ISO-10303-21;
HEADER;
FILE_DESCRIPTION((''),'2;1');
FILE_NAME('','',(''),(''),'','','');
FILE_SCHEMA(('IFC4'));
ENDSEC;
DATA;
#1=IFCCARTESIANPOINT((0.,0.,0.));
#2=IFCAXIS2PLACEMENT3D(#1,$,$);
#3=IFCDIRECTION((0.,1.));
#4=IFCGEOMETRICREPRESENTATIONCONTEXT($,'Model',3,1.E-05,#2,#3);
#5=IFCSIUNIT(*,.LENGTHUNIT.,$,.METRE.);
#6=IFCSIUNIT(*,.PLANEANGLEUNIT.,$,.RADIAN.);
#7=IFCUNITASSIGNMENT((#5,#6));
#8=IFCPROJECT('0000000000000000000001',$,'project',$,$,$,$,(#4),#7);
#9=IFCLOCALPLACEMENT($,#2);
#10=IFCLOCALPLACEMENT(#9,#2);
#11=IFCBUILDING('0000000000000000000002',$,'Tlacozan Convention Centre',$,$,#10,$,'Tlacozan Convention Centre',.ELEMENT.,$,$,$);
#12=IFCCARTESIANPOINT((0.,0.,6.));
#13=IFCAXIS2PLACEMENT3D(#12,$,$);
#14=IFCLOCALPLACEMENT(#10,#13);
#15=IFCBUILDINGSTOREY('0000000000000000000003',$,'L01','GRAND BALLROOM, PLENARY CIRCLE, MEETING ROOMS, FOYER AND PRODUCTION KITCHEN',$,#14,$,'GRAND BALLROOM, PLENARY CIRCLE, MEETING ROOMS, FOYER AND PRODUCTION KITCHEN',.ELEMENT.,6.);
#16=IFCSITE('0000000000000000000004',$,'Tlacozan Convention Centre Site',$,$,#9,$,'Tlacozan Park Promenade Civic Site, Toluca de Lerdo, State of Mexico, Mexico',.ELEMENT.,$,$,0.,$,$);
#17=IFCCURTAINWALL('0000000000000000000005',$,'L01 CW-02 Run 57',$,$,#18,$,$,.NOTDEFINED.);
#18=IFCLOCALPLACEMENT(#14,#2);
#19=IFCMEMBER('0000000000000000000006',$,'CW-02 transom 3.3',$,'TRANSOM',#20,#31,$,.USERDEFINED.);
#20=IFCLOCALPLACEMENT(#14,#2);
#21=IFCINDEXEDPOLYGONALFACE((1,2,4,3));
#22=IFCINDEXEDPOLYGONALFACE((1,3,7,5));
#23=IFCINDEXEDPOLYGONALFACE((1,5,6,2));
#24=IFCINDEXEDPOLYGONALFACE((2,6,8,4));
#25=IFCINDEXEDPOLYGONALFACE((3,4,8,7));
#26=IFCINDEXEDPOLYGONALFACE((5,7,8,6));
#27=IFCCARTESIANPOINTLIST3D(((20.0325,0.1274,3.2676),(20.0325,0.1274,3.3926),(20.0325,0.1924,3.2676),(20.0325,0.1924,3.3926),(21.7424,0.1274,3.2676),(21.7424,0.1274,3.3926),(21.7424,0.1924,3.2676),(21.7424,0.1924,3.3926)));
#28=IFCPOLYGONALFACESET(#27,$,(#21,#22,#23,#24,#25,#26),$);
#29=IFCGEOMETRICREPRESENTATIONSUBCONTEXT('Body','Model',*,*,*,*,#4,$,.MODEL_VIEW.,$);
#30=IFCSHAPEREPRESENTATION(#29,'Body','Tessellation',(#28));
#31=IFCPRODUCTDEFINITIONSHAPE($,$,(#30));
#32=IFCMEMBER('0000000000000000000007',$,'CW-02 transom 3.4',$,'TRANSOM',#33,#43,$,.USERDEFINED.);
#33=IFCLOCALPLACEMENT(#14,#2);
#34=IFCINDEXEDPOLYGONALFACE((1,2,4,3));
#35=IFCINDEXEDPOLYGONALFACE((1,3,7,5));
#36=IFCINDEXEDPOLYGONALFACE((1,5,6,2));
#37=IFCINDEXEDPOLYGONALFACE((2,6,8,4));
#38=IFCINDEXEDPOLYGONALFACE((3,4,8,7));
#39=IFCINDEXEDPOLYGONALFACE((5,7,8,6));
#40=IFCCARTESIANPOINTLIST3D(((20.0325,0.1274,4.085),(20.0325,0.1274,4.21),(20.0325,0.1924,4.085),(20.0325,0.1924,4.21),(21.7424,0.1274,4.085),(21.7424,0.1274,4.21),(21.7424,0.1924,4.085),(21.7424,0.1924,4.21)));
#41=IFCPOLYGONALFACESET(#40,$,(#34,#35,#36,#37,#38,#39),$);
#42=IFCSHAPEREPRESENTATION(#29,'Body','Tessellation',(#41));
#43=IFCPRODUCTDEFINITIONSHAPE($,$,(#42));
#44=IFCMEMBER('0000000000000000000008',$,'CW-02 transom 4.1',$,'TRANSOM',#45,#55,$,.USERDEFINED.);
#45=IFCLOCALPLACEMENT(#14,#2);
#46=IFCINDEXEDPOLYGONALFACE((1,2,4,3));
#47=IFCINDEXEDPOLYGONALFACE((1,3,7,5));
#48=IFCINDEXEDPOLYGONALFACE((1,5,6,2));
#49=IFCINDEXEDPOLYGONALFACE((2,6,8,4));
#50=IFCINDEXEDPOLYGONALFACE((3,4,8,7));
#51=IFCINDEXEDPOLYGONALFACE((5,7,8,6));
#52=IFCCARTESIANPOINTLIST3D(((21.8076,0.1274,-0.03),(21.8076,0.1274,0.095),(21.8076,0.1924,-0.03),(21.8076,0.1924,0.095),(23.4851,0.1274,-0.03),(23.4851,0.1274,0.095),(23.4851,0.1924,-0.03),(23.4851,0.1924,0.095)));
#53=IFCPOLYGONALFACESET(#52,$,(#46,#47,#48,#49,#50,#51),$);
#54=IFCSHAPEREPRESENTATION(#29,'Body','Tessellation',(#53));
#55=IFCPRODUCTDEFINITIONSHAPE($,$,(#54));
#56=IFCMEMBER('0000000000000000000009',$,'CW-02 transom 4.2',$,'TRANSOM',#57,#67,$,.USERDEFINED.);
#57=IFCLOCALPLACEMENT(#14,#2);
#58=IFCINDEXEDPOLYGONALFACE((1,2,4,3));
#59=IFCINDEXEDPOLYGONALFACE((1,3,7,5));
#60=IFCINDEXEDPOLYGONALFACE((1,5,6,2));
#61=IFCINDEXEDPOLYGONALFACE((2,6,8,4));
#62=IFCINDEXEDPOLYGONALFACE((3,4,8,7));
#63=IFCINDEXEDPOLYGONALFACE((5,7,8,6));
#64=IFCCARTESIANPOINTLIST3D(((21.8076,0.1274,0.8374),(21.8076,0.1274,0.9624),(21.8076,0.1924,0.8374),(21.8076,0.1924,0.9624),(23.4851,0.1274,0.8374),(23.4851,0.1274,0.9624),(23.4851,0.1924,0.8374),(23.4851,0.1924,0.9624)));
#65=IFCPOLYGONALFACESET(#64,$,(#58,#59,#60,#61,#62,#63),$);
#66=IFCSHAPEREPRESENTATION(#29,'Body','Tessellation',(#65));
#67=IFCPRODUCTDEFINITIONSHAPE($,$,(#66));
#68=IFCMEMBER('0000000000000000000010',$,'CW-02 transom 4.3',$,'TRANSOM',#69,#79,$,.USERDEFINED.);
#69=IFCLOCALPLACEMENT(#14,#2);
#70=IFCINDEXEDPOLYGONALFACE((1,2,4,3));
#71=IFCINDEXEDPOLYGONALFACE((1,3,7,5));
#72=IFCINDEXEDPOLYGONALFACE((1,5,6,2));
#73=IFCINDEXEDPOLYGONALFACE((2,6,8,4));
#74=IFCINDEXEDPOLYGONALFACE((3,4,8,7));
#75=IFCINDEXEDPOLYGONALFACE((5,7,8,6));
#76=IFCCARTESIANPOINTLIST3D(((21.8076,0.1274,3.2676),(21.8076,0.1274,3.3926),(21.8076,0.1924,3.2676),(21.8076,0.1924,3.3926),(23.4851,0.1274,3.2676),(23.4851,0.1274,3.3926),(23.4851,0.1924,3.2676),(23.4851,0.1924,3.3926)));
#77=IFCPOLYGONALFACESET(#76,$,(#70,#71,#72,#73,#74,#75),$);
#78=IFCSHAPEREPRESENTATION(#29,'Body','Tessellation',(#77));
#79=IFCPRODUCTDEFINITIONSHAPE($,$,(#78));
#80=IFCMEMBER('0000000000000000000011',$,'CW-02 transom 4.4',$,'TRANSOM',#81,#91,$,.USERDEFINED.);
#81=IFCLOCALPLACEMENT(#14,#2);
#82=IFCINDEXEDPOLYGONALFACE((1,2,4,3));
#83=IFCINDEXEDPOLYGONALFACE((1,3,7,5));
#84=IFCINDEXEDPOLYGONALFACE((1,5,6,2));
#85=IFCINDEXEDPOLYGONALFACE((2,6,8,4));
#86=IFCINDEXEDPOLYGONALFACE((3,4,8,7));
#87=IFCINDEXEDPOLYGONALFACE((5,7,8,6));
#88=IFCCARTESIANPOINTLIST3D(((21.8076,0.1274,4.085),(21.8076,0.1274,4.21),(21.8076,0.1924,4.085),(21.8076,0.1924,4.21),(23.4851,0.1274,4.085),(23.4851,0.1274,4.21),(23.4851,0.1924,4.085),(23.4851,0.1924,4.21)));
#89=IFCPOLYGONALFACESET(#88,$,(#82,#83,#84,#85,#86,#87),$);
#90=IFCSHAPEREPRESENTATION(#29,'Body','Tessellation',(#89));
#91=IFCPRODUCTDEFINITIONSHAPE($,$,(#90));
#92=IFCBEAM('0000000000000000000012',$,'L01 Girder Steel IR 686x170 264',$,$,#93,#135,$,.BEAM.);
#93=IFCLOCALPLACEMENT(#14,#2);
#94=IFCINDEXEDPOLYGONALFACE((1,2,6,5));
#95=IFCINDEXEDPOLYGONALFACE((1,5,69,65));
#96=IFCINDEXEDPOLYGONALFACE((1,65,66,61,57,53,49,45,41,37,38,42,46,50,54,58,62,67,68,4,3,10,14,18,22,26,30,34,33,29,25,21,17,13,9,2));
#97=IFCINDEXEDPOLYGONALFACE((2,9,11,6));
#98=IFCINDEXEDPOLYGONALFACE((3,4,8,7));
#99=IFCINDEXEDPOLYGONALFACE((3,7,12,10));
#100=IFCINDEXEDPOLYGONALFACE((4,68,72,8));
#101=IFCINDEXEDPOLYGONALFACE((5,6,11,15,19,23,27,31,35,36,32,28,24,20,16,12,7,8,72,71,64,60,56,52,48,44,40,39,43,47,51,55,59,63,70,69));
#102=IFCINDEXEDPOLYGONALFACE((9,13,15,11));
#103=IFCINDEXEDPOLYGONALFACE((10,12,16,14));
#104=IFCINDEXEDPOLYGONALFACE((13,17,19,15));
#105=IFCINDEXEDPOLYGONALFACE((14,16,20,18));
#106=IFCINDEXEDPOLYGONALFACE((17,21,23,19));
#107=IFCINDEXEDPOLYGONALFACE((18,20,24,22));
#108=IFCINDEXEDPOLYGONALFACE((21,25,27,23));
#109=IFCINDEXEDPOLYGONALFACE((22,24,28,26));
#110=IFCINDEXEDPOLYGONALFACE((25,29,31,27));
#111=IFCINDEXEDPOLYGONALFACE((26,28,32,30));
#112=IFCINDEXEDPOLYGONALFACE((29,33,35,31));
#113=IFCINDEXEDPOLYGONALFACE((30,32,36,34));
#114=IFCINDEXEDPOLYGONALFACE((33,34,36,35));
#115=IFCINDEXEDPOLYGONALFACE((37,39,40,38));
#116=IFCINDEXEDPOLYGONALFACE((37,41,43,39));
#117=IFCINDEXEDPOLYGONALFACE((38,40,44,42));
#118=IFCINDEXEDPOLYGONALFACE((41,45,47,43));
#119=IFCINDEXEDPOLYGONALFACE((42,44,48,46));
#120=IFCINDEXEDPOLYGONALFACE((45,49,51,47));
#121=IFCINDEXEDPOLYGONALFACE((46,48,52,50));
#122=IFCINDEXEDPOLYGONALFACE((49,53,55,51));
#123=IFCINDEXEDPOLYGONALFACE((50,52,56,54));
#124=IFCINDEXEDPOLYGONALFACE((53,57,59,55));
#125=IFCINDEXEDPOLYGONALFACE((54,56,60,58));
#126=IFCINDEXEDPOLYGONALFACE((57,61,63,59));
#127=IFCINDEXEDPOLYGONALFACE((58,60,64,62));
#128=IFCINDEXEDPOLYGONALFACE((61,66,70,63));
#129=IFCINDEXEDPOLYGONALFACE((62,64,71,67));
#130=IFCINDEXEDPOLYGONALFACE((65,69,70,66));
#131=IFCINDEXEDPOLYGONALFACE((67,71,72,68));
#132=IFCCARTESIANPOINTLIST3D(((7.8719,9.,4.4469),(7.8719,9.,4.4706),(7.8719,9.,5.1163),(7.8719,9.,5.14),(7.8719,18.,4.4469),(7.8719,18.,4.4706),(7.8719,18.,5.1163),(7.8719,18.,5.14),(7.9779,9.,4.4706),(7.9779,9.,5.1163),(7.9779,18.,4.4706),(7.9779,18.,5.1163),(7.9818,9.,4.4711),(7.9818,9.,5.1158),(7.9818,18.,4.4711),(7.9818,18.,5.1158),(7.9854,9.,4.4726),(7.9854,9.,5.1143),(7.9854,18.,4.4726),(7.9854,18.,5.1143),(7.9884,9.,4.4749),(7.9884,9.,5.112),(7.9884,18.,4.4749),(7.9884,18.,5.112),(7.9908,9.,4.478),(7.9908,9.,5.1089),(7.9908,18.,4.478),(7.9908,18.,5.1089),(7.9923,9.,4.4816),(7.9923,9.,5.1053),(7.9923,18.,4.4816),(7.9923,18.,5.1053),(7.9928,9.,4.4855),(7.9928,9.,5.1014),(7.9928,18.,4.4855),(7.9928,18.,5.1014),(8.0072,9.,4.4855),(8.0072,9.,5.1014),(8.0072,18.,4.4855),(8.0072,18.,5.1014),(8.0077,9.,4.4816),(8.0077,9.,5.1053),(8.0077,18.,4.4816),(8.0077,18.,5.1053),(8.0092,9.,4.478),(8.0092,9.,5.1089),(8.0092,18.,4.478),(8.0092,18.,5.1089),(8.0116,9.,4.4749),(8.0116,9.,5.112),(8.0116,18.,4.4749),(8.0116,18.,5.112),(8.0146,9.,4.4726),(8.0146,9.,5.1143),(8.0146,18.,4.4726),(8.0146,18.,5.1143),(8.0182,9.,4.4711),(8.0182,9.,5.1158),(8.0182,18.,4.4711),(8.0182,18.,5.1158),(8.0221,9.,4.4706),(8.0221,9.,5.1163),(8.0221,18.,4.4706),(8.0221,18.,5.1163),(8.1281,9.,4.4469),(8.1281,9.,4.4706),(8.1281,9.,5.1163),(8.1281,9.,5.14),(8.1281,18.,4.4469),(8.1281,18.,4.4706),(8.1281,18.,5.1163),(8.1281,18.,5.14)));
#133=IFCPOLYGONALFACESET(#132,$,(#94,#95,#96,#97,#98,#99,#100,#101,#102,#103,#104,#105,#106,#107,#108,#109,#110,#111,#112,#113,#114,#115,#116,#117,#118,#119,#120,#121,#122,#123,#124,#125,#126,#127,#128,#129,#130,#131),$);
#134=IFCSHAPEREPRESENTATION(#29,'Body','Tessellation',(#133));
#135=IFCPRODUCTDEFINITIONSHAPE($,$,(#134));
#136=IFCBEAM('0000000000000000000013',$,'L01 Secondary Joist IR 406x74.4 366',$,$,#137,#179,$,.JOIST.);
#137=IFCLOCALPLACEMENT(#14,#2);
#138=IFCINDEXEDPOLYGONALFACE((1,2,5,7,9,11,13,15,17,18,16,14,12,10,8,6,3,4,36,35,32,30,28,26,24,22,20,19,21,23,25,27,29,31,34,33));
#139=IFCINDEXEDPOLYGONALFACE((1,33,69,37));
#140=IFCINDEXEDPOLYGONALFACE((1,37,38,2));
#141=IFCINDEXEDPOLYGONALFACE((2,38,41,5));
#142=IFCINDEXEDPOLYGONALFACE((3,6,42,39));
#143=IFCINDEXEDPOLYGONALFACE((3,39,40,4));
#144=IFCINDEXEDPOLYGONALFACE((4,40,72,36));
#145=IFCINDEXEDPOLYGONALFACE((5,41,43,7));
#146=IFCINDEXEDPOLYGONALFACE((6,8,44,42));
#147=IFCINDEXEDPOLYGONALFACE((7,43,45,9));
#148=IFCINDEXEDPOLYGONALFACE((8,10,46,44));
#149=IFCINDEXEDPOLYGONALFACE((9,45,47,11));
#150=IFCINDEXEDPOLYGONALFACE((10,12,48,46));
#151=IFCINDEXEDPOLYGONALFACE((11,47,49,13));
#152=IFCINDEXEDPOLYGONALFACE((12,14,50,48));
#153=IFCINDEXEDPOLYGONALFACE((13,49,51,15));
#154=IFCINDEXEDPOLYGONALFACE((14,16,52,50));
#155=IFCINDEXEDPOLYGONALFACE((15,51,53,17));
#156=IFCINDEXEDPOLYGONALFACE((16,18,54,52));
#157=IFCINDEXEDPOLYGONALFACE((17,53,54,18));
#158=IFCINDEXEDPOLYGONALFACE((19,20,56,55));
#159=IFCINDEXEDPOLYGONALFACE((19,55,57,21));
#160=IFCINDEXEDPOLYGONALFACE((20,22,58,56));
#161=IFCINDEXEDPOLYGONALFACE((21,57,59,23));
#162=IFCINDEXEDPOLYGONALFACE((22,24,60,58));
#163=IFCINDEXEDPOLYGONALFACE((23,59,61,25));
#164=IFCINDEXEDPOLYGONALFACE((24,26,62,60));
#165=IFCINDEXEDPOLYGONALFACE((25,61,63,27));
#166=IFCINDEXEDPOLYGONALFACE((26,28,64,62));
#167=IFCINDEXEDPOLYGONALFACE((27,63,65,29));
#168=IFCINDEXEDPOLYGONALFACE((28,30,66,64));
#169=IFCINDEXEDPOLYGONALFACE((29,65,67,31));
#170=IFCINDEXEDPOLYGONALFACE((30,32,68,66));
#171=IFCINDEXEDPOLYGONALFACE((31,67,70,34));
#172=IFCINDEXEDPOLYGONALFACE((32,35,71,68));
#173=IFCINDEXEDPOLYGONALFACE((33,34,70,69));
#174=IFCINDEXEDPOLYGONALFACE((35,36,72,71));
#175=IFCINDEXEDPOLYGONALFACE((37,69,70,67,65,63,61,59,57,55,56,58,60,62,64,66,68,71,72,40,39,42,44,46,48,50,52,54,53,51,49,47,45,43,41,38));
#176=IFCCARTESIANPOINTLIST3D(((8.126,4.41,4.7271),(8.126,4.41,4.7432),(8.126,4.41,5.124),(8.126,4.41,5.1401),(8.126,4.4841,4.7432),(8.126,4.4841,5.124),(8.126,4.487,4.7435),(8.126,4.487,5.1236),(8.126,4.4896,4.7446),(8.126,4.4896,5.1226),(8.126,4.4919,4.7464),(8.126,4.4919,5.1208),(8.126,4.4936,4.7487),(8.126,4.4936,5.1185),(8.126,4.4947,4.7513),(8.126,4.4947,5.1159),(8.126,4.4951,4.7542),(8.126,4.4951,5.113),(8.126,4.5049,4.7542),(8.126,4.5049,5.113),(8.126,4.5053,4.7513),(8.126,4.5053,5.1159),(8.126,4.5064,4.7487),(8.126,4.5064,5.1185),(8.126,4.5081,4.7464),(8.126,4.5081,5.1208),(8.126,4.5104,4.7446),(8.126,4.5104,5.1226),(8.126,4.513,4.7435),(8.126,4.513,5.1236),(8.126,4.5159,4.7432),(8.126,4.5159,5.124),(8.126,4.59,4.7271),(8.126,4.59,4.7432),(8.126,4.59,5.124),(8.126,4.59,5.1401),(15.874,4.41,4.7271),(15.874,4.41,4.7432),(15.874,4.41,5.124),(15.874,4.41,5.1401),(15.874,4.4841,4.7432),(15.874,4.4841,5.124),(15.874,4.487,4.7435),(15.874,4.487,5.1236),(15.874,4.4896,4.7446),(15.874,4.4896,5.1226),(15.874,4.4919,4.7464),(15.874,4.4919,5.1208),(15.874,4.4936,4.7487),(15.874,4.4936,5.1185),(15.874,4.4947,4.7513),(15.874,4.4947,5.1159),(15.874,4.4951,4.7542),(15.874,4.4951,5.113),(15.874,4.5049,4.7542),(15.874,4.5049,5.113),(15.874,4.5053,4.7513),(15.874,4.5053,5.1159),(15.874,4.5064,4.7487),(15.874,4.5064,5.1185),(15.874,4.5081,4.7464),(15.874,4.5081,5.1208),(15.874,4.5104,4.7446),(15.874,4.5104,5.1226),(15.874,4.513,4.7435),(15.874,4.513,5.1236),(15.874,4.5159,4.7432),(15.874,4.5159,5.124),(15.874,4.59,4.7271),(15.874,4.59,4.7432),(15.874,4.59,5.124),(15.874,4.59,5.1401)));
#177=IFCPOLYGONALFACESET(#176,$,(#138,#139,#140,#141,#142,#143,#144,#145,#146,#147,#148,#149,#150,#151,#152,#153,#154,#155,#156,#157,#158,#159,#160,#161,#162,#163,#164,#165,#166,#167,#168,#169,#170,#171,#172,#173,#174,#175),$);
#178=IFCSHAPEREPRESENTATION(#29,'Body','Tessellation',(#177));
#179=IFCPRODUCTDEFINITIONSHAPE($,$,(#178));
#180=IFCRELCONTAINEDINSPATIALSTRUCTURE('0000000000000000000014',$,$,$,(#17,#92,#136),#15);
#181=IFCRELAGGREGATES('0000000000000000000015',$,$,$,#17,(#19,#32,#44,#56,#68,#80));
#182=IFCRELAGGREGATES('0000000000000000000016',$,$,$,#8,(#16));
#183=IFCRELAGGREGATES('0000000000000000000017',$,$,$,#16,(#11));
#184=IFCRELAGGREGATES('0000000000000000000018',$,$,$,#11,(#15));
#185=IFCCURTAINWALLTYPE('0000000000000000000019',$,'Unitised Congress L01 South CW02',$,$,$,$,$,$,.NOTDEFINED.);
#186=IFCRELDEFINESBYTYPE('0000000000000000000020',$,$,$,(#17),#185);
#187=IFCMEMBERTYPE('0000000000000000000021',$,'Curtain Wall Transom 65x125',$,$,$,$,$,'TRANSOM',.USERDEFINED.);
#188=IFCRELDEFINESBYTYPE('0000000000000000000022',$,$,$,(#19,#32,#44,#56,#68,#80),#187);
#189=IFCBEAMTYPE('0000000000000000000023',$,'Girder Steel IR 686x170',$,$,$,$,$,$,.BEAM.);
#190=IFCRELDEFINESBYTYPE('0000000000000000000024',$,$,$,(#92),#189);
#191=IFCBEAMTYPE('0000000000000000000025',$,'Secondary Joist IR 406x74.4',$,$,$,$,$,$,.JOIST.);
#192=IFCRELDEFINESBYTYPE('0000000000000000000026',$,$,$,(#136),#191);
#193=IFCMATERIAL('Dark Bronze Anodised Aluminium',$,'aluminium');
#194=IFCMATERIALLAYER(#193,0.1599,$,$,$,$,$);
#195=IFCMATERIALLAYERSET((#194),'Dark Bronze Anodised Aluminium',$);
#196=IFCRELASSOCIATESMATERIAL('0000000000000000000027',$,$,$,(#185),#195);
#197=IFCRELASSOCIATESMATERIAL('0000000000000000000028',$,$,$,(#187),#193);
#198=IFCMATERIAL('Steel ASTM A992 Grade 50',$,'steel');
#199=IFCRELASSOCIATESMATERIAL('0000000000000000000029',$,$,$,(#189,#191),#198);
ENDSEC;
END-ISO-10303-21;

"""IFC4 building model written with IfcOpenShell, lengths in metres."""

from ifc_helpers import new_model, si_unit, direction, frame, origin, origin_2d, place, context, subcontext, project, spatial, rectangle, i_section, extrude, material, layer, layer_set, material_profile, profile_set, type_object, element, aggregate, save


model = new_model("IFC4")

# Units and contexts
model_context = context("Model", 3, precision=1e-05, world=origin(), true_north=direction((0.0, 1.0)))
body_context = subcontext(model_context, "Body", "Model", "MODEL_VIEW")
ifc_project = project(units=[si_unit("LENGTHUNIT", "METRE"), si_unit("PLANEANGLEUNIT", "RADIAN")], contexts=[model_context])

# Site, building, storey
site_placement = place(None, origin())
site = spatial("IfcSite", under=ifc_project, at=site_placement, Name="Tlacozan Convention Centre Site", LongName="Tlacozan Park Promenade Civic Site, Toluca de Lerdo, State of Mexico, Mexico", CompositionType="ELEMENT", RefElevation=0.0)
building_placement = place(site_placement, origin())
building = spatial("IfcBuilding", under=site, at=building_placement, Name="Tlacozan Convention Centre", LongName="Tlacozan Convention Centre", CompositionType="ELEMENT")
storey_placement = place(building_placement, frame((0.0, 0.0, 6.0)))
storey = spatial("IfcBuildingStorey", under=building, at=storey_placement, Name="L01", Description="GRAND BALLROOM, PLENARY CIRCLE, MEETING ROOMS, FOYER AND PRODUCTION KITCHEN", LongName="GRAND BALLROOM, PLENARY CIRCLE, MEETING ROOMS, FOYER AND PRODUCTION KITCHEN", CompositionType="ELEMENT", Elevation=6.0)

# Shared definitions
ifc_material_1 = material(Name="Steel ASTM A992 Grade 50", Category="steel")

# Curtain wall, members
ifc_material_2 = material(Name="Dark Bronze Anodised Aluminium", Category="aluminium")
ifc_layer_1 = layer(ifc_material_2, 0.1599)
ifc_layer_set_1 = layer_set([ifc_layer_1], Name="Dark Bronze Anodised Aluminium")
curtain_wall_type = type_object("IfcCurtainWallType", Name="Unitised Congress L01 South CW02", PredefinedType="NOTDEFINED", material=ifc_layer_set_1)
curtain_wall_placement = place(storey_placement, origin())
curtain_wall = element("IfcCurtainWall", 1, at=curtain_wall_placement, inside=storey, type_object=curtain_wall_type, Name="L01 CW-02 Run 57", PredefinedType="NOTDEFINED")
ifc_material_profile_1 = material_profile(ifc_material_2, rectangle(XDim=0.0649, YDim=0.125, at=origin_2d()), Name="ALU 65x125")
ifc_profile_set_1 = profile_set([ifc_material_profile_1], Name="Dark Bronze Anodised Aluminium")
member_type_1 = type_object("IfcMemberType", Name="Curtain Wall Transom 65x125", ElementType="TRANSOM", PredefinedType="USERDEFINED", material=ifc_profile_set_1)
member_1_placement = place(storey_placement, frame((20.0325, 0.1599, 3.3301), z_axis=(1.0, 0.0, 0.0), x_axis=(0.0, 1.0, 0.0)))
member_1 = element("IfcMember", 2, at=member_1_placement, type_object=member_type_1, Name="CW-02 transom 3.3", ObjectType="TRANSOM", PredefinedType="USERDEFINED", context=body_context, shape_type="SweptSolid", body=[
    extrude(rectangle(XDim=0.0649, YDim=0.125, at=origin_2d()), origin(), (0.0, 0.0, 1.0), 1.71),
])
member_2_placement = place(storey_placement, frame((20.0325, 0.1599, 4.1475), z_axis=(1.0, 0.0, 0.0), x_axis=(0.0, 1.0, 0.0)))
member_2 = element("IfcMember", 3, at=member_2_placement, type_object=member_type_1, Name="CW-02 transom 3.4", ObjectType="TRANSOM", PredefinedType="USERDEFINED", context=body_context, shape_type="SweptSolid", body=[
    extrude(rectangle(XDim=0.0649, YDim=0.125, at=origin_2d()), origin(), (0.0, 0.0, 1.0), 1.71),
])
member_3_placement = place(storey_placement, frame((21.8076, 0.1599, 0.0325), z_axis=(1.0, 0.0, 0.0), x_axis=(0.0, 1.0, 0.0)))
member_3 = element("IfcMember", 4, at=member_3_placement, type_object=member_type_1, Name="CW-02 transom 4.1", ObjectType="TRANSOM", PredefinedType="USERDEFINED", context=body_context, shape_type="SweptSolid", body=[
    extrude(rectangle(XDim=0.0649, YDim=0.125, at=origin_2d()), origin(), (0.0, 0.0, 1.0), 1.6775),
])
member_4_placement = place(storey_placement, frame((21.8076, 0.1599, 0.8999), z_axis=(1.0, 0.0, 0.0), x_axis=(0.0, 1.0, 0.0)))
member_4 = element("IfcMember", 5, at=member_4_placement, type_object=member_type_1, Name="CW-02 transom 4.2", ObjectType="TRANSOM", PredefinedType="USERDEFINED", context=body_context, shape_type="SweptSolid", body=[
    extrude(rectangle(XDim=0.0649, YDim=0.125, at=origin_2d()), origin(), (0.0, 0.0, 1.0), 1.6775),
])
member_5_placement = place(storey_placement, frame((21.8076, 0.1599, 3.3301), z_axis=(1.0, 0.0, 0.0), x_axis=(0.0, 1.0, 0.0)))
member_5 = element("IfcMember", 6, at=member_5_placement, type_object=member_type_1, Name="CW-02 transom 4.3", ObjectType="TRANSOM", PredefinedType="USERDEFINED", context=body_context, shape_type="SweptSolid", body=[
    extrude(rectangle(XDim=0.0649, YDim=0.125, at=origin_2d()), origin(), (0.0, 0.0, 1.0), 1.6775),
])
member_6_placement = place(storey_placement, frame((21.8076, 0.1599, 4.1475), z_axis=(1.0, 0.0, 0.0), x_axis=(0.0, 1.0, 0.0)))
member_6 = element("IfcMember", 7, at=member_6_placement, type_object=member_type_1, Name="CW-02 transom 4.4", ObjectType="TRANSOM", PredefinedType="USERDEFINED", context=body_context, shape_type="SweptSolid", body=[
    extrude(rectangle(XDim=0.0649, YDim=0.125, at=origin_2d()), origin(), (0.0, 0.0, 1.0), 1.6775),
])

# Beams
ifc_material_profile_2 = material_profile(ifc_material_1, i_section(OverallWidth=0.2561, OverallDepth=0.6931, WebThickness=0.0144, FlangeThickness=0.0237, FilletRadius=0.0149, at=origin_2d()), Name="IR 686x170.0")
ifc_profile_set_2 = profile_set([ifc_material_profile_2], Name="Steel ASTM A992 Grade 50")
beam_type_1 = type_object("IfcBeamType", Name="Girder Steel IR 686x170", PredefinedType="BEAM", material=ifc_profile_set_2)
beam_1_placement = place(storey_placement, frame((8.0, 9.0, 4.7935), z_axis=(0.0, 1.0, 0.0), x_axis=(-1.0, 0.0, 0.0)))
element("IfcBeam", 8, at=beam_1_placement, inside=storey, type_object=beam_type_1, Name="L01 Girder Steel IR 686x170 264", PredefinedType="BEAM", context=body_context, shape_type="SweptSolid", body=[
    extrude(i_section(OverallWidth=0.2561, OverallDepth=0.6931, WebThickness=0.0144, FlangeThickness=0.0237, FilletRadius=0.0149, at=origin_2d()), origin(), (0.0, 0.0, 1.0), 9.0),
])
ifc_material_profile_3 = material_profile(ifc_material_1, i_section(OverallWidth=0.1799, OverallDepth=0.4131, WebThickness=0.0098, FlangeThickness=0.0161, FilletRadius=0.011, at=origin_2d()), Name="IR 406x74.4")
ifc_profile_set_3 = profile_set([ifc_material_profile_3], Name="Steel ASTM A992 Grade 50")
beam_type_2 = type_object("IfcBeamType", Name="Secondary Joist IR 406x74.4", PredefinedType="JOIST", material=ifc_profile_set_3)
for number, where, z_axis, x_axis, name in (
    (9, (8.126, 4.5, 4.9336), (1.0, 0.0, 0.0), (0.0, 1.0, 0.0), "L01 Secondary Joist IR 406x74.4 366"),
):
    element("IfcBeam", number, at=place(storey_placement, frame(where, z_axis=z_axis, x_axis=x_axis)), inside=storey, type_object=beam_type_2, Name=name, PredefinedType="JOIST", context=body_context, shape_type="SweptSolid", body=[
        extrude(i_section(OverallWidth=0.1799, OverallDepth=0.4131, WebThickness=0.0098, FlangeThickness=0.0161, FilletRadius=0.011, at=origin_2d()), origin(), (0.0, 0.0, 1.0), 7.748),
    ])

aggregate(curtain_wall, [member_1, member_2, member_3, member_4, member_5, member_6])

save(model, "model.ifc")
